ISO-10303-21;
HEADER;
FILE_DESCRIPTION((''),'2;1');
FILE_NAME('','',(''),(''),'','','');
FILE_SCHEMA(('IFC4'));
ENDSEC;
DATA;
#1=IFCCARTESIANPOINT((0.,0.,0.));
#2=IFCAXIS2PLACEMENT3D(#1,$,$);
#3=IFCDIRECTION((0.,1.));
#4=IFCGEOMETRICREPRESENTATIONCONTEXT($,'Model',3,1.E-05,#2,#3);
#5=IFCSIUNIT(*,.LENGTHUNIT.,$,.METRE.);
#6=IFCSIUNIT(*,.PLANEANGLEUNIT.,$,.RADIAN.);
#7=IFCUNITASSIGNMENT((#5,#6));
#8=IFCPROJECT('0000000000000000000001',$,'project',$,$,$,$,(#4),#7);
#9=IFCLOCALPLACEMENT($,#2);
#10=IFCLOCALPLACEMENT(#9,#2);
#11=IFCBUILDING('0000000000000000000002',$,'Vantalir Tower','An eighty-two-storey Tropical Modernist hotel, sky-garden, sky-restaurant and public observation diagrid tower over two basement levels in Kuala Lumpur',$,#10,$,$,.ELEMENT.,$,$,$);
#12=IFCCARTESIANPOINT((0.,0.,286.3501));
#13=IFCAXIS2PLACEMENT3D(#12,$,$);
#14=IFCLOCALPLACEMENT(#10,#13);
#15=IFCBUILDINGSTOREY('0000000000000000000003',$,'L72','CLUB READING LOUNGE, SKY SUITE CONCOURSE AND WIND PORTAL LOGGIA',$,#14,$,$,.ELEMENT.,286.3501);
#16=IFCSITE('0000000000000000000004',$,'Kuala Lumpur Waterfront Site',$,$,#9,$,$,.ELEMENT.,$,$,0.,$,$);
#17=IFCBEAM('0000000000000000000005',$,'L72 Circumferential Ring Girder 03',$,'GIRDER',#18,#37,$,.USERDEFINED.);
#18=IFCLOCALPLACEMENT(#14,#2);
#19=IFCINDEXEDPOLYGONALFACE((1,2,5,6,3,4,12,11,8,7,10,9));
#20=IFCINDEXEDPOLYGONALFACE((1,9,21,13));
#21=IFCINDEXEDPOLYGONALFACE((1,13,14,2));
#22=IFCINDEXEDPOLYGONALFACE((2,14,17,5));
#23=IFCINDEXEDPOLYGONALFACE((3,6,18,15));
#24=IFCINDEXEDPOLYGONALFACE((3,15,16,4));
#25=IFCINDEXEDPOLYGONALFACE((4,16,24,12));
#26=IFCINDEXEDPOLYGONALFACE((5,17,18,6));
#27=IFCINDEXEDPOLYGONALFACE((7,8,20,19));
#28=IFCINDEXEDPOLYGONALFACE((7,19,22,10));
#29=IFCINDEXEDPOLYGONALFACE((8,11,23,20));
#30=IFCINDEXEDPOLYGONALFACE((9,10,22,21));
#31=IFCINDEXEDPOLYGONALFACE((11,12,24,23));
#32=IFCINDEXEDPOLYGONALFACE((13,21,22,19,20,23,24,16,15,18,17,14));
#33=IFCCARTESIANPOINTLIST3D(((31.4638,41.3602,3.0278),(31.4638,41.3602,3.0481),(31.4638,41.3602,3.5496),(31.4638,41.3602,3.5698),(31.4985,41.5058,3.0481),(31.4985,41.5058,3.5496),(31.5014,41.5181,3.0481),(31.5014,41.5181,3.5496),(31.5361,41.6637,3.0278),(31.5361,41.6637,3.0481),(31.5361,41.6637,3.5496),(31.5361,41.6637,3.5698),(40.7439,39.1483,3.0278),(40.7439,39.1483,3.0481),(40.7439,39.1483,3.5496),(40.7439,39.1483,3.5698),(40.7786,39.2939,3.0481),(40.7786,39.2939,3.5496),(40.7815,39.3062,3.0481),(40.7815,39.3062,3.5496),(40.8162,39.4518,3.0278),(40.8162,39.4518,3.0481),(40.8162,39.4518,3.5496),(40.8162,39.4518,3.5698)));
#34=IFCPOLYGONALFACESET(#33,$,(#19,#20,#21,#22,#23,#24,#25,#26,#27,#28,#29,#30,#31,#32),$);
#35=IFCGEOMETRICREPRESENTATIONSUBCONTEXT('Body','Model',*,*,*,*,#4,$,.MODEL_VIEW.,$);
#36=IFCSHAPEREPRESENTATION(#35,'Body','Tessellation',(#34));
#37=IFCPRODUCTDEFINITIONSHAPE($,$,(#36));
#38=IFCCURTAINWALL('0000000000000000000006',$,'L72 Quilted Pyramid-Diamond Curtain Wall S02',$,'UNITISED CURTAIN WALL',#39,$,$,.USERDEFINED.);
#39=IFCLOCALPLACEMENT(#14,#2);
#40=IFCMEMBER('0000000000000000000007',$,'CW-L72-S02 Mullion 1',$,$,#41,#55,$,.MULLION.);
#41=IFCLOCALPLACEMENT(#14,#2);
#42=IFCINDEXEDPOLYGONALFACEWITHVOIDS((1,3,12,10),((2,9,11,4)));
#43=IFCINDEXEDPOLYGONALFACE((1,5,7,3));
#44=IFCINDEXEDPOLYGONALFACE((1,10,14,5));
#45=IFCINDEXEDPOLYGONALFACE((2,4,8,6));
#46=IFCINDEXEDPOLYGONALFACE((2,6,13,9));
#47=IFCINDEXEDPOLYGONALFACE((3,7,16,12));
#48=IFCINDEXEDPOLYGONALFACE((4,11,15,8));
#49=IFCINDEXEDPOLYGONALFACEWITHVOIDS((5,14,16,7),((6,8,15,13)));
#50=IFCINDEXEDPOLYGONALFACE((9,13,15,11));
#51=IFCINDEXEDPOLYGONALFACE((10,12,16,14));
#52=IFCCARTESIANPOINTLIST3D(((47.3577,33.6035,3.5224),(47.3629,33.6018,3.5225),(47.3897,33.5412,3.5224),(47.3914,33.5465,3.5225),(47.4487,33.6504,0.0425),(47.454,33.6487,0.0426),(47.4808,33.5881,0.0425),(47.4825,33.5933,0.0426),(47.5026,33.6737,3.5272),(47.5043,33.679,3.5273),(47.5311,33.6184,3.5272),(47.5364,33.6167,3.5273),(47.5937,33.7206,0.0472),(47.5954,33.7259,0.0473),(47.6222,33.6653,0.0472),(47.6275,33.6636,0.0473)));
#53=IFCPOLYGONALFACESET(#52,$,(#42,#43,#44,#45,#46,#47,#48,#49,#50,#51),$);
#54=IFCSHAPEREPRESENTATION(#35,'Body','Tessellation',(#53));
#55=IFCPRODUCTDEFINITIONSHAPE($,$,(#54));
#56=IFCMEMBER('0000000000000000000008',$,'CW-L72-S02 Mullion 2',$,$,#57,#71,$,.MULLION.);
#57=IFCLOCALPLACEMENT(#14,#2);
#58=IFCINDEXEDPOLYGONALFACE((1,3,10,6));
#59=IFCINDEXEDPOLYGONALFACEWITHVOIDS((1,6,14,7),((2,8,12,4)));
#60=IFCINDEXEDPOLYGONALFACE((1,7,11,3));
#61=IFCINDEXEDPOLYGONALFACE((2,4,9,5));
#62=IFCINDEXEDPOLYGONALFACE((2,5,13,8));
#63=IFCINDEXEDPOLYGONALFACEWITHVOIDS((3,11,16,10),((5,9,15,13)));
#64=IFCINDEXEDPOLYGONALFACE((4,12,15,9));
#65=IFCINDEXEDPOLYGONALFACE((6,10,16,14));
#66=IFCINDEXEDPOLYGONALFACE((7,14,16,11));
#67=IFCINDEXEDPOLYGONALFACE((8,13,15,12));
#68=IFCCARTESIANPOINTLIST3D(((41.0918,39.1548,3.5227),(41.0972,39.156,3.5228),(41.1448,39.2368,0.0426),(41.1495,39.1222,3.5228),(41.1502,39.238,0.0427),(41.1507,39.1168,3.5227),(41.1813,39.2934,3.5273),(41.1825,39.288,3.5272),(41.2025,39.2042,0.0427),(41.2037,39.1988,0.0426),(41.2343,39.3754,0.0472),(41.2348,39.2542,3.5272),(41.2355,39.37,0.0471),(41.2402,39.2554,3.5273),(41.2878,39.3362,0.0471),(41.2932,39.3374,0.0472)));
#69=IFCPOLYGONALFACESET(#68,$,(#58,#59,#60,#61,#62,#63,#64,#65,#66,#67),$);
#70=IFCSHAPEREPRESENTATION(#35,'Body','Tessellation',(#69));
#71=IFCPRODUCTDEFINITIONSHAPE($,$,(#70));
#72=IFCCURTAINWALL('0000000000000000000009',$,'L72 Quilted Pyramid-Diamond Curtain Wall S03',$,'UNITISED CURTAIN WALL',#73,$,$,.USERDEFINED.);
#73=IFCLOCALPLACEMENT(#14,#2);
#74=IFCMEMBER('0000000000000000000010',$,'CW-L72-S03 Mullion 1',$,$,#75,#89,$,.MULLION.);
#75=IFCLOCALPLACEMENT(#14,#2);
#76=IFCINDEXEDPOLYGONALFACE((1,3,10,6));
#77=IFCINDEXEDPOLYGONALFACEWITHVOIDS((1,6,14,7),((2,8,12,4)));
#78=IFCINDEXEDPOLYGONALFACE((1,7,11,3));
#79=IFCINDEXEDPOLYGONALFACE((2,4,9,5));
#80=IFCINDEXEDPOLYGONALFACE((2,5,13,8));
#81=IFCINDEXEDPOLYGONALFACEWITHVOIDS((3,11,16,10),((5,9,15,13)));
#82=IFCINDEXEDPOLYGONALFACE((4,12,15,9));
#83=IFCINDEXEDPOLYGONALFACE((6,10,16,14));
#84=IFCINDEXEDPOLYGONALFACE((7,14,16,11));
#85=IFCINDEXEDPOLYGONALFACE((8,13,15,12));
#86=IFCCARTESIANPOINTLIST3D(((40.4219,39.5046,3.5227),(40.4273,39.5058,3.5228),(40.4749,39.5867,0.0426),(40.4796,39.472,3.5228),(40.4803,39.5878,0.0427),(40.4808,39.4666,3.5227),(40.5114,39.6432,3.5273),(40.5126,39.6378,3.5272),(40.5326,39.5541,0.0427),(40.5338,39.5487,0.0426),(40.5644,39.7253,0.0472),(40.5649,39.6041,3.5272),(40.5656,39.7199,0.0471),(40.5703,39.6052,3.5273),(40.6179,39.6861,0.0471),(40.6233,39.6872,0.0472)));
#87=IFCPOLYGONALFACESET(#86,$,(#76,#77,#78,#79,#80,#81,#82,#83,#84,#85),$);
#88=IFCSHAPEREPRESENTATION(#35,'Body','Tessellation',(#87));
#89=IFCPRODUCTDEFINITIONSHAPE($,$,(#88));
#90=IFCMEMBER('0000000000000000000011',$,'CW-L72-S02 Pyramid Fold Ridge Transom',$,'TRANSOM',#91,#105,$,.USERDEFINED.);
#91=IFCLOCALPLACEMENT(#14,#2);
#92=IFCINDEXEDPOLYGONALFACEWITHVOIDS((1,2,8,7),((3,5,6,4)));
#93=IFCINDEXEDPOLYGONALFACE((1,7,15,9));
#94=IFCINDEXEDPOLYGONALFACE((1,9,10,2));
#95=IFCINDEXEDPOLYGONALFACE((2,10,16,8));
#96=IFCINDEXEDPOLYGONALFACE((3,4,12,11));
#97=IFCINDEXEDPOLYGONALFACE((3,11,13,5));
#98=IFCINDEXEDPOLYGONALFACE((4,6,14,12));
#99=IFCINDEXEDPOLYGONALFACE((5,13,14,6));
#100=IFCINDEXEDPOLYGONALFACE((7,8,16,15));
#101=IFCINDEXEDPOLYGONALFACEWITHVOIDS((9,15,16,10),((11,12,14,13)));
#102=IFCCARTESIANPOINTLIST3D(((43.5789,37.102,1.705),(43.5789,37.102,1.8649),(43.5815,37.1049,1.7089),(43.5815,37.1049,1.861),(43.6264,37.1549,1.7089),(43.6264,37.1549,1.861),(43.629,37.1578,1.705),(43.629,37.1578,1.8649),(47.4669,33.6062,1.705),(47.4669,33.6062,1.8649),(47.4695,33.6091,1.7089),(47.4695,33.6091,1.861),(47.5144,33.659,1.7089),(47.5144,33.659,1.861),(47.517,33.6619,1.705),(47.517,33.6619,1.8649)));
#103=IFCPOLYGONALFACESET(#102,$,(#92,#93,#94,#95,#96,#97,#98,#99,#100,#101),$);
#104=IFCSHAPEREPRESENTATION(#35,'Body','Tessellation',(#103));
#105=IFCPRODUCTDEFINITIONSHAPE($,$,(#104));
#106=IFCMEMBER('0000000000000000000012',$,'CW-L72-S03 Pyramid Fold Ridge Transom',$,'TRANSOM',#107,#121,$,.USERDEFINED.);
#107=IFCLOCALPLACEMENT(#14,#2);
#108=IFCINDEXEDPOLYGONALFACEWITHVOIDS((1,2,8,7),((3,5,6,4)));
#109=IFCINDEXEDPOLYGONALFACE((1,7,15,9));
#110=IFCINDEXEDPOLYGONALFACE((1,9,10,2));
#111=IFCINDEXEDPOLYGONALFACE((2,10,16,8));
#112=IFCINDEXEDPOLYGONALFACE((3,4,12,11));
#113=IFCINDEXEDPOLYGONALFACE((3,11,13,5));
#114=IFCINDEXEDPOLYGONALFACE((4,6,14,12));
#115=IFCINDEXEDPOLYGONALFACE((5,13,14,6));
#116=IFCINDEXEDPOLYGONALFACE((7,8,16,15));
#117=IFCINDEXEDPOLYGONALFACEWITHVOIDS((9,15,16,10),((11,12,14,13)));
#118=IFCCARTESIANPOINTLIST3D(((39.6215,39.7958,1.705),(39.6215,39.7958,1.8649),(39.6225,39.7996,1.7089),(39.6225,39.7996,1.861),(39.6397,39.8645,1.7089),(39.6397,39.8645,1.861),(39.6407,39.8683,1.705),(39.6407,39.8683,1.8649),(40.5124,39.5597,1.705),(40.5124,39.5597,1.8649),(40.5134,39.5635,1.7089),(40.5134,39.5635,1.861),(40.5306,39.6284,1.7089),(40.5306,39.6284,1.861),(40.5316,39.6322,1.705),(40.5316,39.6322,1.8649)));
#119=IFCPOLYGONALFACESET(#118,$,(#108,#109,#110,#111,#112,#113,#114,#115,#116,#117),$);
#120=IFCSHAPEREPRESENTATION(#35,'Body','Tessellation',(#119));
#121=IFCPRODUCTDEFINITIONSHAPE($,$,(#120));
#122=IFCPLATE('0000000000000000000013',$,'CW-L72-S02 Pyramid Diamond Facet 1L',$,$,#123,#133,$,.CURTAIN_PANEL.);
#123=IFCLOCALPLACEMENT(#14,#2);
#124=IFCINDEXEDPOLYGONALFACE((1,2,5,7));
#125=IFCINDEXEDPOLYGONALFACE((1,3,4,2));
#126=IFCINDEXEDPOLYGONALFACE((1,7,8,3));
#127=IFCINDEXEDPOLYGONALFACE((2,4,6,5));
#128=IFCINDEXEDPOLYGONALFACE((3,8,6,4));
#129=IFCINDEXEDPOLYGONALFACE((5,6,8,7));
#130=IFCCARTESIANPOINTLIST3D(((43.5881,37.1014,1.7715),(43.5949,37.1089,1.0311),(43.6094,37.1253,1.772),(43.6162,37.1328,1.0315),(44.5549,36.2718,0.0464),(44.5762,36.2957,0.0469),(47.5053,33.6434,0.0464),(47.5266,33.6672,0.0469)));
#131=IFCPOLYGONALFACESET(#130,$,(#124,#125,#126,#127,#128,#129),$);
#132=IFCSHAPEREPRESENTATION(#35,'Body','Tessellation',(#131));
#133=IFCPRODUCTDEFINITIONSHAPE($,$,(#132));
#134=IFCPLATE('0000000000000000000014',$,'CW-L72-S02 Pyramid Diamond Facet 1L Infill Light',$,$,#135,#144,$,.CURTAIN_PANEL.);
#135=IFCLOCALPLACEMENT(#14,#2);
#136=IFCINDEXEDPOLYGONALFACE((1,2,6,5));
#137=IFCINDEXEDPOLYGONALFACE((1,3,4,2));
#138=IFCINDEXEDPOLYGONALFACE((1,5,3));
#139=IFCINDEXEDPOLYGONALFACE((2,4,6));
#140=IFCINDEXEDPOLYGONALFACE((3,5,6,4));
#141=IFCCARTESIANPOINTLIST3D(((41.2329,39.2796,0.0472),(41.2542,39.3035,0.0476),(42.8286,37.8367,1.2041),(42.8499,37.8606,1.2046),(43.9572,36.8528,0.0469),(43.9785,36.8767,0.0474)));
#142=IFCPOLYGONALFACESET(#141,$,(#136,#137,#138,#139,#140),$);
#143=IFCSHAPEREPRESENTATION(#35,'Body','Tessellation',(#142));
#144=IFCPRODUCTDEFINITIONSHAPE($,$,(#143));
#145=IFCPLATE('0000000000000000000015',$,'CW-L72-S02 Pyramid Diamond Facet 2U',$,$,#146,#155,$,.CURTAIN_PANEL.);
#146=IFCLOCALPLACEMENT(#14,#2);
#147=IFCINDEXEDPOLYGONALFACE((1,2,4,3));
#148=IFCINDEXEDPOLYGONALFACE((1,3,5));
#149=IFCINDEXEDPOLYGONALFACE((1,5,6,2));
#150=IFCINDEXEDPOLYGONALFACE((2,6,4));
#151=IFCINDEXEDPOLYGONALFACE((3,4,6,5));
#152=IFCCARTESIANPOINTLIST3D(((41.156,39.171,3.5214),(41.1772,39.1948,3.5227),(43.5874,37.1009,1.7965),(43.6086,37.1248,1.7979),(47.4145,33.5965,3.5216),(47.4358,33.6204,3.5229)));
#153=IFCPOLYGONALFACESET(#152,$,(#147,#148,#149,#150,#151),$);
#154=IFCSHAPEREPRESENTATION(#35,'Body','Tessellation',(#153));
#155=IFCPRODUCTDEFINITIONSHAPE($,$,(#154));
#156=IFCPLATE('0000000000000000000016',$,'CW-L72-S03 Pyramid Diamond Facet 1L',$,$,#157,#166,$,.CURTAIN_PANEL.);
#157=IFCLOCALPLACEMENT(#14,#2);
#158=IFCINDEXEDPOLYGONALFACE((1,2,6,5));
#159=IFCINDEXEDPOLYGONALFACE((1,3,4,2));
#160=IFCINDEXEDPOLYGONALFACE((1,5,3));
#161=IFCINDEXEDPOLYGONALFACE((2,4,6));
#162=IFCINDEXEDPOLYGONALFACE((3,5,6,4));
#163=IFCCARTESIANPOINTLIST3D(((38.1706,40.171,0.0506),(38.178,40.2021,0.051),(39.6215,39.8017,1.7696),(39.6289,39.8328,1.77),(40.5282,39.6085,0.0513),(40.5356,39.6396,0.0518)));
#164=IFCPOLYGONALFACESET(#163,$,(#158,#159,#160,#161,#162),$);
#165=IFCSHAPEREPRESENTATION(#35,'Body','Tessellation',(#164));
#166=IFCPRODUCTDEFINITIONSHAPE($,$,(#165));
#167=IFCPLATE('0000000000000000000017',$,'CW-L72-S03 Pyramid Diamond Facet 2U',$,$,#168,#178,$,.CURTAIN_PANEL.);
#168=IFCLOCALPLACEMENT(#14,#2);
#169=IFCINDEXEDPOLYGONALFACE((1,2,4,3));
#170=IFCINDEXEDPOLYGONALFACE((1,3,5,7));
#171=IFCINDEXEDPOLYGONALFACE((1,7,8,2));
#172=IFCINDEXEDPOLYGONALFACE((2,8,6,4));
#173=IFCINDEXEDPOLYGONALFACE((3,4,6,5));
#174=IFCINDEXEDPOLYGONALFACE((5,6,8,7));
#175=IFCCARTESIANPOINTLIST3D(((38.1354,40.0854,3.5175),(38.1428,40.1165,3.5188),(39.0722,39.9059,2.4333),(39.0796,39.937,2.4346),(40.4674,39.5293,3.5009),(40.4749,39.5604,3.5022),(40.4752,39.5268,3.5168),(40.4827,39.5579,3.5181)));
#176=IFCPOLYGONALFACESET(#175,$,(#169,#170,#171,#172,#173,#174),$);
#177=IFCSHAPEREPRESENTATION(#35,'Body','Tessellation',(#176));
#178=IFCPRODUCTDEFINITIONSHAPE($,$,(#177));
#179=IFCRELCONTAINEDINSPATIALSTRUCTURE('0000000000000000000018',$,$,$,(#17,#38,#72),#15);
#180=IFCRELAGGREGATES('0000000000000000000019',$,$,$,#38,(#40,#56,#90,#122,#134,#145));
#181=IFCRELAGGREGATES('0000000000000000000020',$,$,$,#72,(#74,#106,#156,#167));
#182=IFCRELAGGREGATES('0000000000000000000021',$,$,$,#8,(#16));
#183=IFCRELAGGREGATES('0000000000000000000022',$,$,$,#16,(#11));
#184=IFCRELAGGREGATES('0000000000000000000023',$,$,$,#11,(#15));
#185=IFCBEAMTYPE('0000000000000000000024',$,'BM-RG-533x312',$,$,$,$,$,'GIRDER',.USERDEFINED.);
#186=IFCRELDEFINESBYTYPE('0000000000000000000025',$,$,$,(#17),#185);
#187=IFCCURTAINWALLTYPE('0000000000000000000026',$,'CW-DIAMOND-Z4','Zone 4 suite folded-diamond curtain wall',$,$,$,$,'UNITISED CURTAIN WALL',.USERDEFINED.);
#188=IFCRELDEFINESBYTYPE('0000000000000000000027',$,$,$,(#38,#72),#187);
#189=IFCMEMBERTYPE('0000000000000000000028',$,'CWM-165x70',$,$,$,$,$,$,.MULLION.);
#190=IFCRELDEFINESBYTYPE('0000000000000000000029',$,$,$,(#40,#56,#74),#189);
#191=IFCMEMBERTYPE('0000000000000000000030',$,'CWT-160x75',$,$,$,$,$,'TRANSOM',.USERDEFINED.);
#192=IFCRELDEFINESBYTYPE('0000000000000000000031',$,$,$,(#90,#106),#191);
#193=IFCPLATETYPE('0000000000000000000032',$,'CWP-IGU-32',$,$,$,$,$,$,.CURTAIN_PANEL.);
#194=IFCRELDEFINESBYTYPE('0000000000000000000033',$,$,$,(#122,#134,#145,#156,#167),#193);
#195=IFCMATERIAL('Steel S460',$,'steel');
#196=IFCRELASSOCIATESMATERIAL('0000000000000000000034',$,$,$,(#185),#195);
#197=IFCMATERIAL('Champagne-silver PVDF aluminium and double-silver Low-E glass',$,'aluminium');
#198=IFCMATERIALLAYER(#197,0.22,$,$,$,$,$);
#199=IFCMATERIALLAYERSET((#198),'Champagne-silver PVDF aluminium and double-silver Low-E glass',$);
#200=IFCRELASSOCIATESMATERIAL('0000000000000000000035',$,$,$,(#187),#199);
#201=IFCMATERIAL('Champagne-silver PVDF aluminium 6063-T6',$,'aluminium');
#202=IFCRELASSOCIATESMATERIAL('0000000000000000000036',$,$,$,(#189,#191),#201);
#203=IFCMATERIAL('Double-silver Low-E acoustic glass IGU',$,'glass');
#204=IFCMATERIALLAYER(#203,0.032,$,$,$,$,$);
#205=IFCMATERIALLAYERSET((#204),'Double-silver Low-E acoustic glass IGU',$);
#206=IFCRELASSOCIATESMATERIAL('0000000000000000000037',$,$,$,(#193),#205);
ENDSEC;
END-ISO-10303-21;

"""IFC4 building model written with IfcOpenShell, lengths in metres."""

from ifc_helpers import new_model, si_unit, direction, frame, origin, origin_2d, place, context, subcontext, project, spatial, polyline, hollow_rectangle, i_section, outline, extrude, material, layer, layer_set, material_profile, profile_set, type_object, element, aggregate, save


model = new_model("IFC4")

# Units and contexts
model_context = context("Model", 3, precision=1e-05, world=origin(), true_north=direction((0.0, 1.0)))
body_context = subcontext(model_context, "Body", "Model", "MODEL_VIEW")
ifc_project = project(units=[si_unit("LENGTHUNIT", "METRE"), si_unit("PLANEANGLEUNIT", "RADIAN")], contexts=[model_context])

# Site, building, storey
site_placement = place(None, origin())
site = spatial("IfcSite", under=ifc_project, at=site_placement, Name="Kuala Lumpur Waterfront Site", CompositionType="ELEMENT", RefElevation=0.0)
building_placement = place(site_placement, origin())
building = spatial("IfcBuilding", under=site, at=building_placement, Name="Vantalir Tower", Description="An eighty-two-storey Tropical Modernist hotel, sky-garden, sky-restaurant and public observation diagrid tower over two basement levels in Kuala Lumpur", CompositionType="ELEMENT")
storey_placement = place(building_placement, frame((0.0, 0.0, 286.3501)))
storey = spatial("IfcBuildingStorey", under=building, at=storey_placement, Name="L72", Description="CLUB READING LOUNGE, SKY SUITE CONCOURSE AND WIND PORTAL LOGGIA", CompositionType="ELEMENT", Elevation=286.3501)

# Shared definitions
ifc_material_1 = material(Name="Steel S460", Category="steel")

# Beam
ifc_material_profile_1 = material_profile(ifc_material_1, i_section(OverallWidth=0.312, OverallDepth=0.542, WebThickness=0.0127, FlangeThickness=0.0203, at=origin_2d()), Name="Steel S460")
ifc_profile_set_1 = profile_set([ifc_material_profile_1], Name="Steel S460")
beam_type_1 = type_object("IfcBeamType", Name="BM-RG-533x312", ElementType="GIRDER", PredefinedType="USERDEFINED", material=ifc_profile_set_1)
beam_1_placement = place(storey_placement, frame((40.78, 39.3, 3.2988), z_axis=(-0.97275, 0.231857, 0.0), x_axis=(-0.231857, -0.97275, 0.0)))
element("IfcBeam", 1, at=beam_1_placement, inside=storey, type_object=beam_type_1, Name="L72 Circumferential Ring Girder 03", ObjectType="GIRDER", PredefinedType="USERDEFINED", context=body_context, shape_type="SweptSolid", body=[
    extrude(i_section(OverallWidth=0.312, OverallDepth=0.542, WebThickness=0.0127, FlangeThickness=0.0203, at=origin_2d()), origin(), (0.0, 0.0, 1.0), 9.54),
])

# Curtain wall, members
ifc_material_2 = material(Name="Champagne-silver PVDF aluminium and double-silver Low-E glass", Category="aluminium")
ifc_layer_1 = layer(ifc_material_2, 0.22)
ifc_layer_set_1 = layer_set([ifc_layer_1], Name="Champagne-silver PVDF aluminium and double-silver Low-E glass")
curtain_wall_type = type_object("IfcCurtainWallType", Name="CW-DIAMOND-Z4", Description="Zone 4 suite folded-diamond curtain wall", ElementType="UNITISED CURTAIN WALL", PredefinedType="USERDEFINED", material=ifc_layer_set_1)
curtain_wall_1_placement = place(storey_placement, origin())
curtain_wall_1 = element("IfcCurtainWall", 2, at=curtain_wall_1_placement, inside=storey, type_object=curtain_wall_type, Name="L72 Quilted Pyramid-Diamond Curtain Wall S02", ObjectType="UNITISED CURTAIN WALL", PredefinedType="USERDEFINED")
ifc_material_3 = material(Name="Champagne-silver PVDF aluminium 6063-T6", Category="aluminium")
ifc_material_profile_2 = material_profile(ifc_material_3, hollow_rectangle(XDim=0.0701, YDim=0.165, WallThickness=0.0039, at=origin_2d()), Name="Champagne-silver PVDF aluminium 6063-T6")
ifc_profile_set_2 = profile_set([ifc_material_profile_2], Name="Champagne-silver PVDF aluminium 6063-T6")
member_type_1 = type_object("IfcMemberType", Name="CWM-165x70", PredefinedType="MULLION", material=ifc_profile_set_2)
member_1_placement = place(storey_placement, frame((47.5381, 33.657, 0.0449), z_axis=(-0.026157, -0.013464, 0.999567), x_axis=(0.457671, -0.889122, 0.0)))
member_1 = element("IfcMember", 3, at=member_1_placement, type_object=member_type_1, Name="CW-L72-S02 Mullion 1", PredefinedType="MULLION", context=body_context, shape_type="SweptSolid", body=[
    extrude(hollow_rectangle(XDim=0.0701, YDim=0.165, WallThickness=0.0039, at=origin_2d()), origin(), (0.0, 0.0, 1.0), 3.4814),
])
member_2_placement = place(storey_placement, frame((41.219, 39.2871, 0.0449), z_axis=(-0.015218, -0.023563, 0.999607), x_axis=(0.840039, -0.542525, 0.0)))
member_2 = element("IfcMember", 4, at=member_2_placement, type_object=member_type_1, Name="CW-L72-S02 Mullion 2", PredefinedType="MULLION", context=body_context, shape_type="SweptSolid", body=[
    extrude(hollow_rectangle(XDim=0.0701, YDim=0.165, WallThickness=0.0039, at=origin_2d()), origin(), (0.0, 0.0, 1.0), 3.4814),
])

# Curtain wall, member
curtain_wall_2_placement = place(storey_placement, origin())
curtain_wall_2 = element("IfcCurtainWall", 5, at=curtain_wall_2_placement, inside=storey, type_object=curtain_wall_type, Name="L72 Quilted Pyramid-Diamond Curtain Wall S03", ObjectType="UNITISED CURTAIN WALL", PredefinedType="USERDEFINED")
member_3_placement = place(storey_placement, frame((40.5491, 39.637, 0.0449), z_axis=(-0.015218, -0.023563, 0.999607), x_axis=(0.840039, -0.542525, 0.0)))
member_3 = element("IfcMember", 6, at=member_3_placement, type_object=member_type_1, Name="CW-L72-S03 Mullion 1", PredefinedType="MULLION", context=body_context, shape_type="SweptSolid", body=[
    extrude(hollow_rectangle(XDim=0.0701, YDim=0.165, WallThickness=0.0039, at=origin_2d()), origin(), (0.0, 0.0, 1.0), 3.4814),
])

# Members
ifc_material_profile_3 = material_profile(ifc_material_3, hollow_rectangle(XDim=0.075, YDim=0.1599, WallThickness=0.0039, at=origin_2d()), Name="Champagne-silver PVDF aluminium 6063-T6")
ifc_profile_set_3 = profile_set([ifc_material_profile_3], Name="Champagne-silver PVDF aluminium 6063-T6")
member_type_2 = type_object("IfcMemberType", Name="CWT-160x75", ElementType="TRANSOM", PredefinedType="USERDEFINED", material=ifc_profile_set_3)
member_4_placement = place(storey_placement, frame((47.4919, 33.634, 1.7849), z_axis=(-0.743608, 0.668616, 0.0), x_axis=(-0.668616, -0.743608, 0.0)))
member_4 = element("IfcMember", 7, at=member_4_placement, type_object=member_type_2, Name="CW-L72-S02 Pyramid Fold Ridge Transom", ObjectType="TRANSOM", PredefinedType="USERDEFINED", context=body_context, shape_type="SweptSolid", body=[
    extrude(hollow_rectangle(XDim=0.075, YDim=0.1599, WallThickness=0.0039, at=origin_2d()), origin(), (0.0, 0.0, 1.0), 5.2285),
])
member_5_placement = place(storey_placement, frame((40.522, 39.5959, 1.7849), z_axis=(-0.966634, 0.256162, 0.0), x_axis=(-0.256162, -0.966634, 0.0)))
member_5 = element("IfcMember", 8, at=member_5_placement, type_object=member_type_2, Name="CW-L72-S03 Pyramid Fold Ridge Transom", ObjectType="TRANSOM", PredefinedType="USERDEFINED", context=body_context, shape_type="SweptSolid", body=[
    extrude(hollow_rectangle(XDim=0.075, YDim=0.1599, WallThickness=0.0039, at=origin_2d()), origin(), (0.0, 0.0, 1.0), 0.9216),
])

# Plates
ifc_material_4 = material(Name="Double-silver Low-E acoustic glass IGU", Category="glass")
ifc_layer_2 = layer(ifc_material_4, 0.032)
ifc_layer_set_2 = layer_set([ifc_layer_2], Name="Double-silver Low-E acoustic glass IGU")
plate_type_1 = type_object("IfcPlateType", Name="CWP-IGU-32", PredefinedType="CURTAIN_PANEL", material=ifc_layer_set_2)
plate_1_placement = place(storey_placement, frame((47.5266, 33.6672, 0.0469), z_axis=(0.665129, 0.746603, 0.013721), x_axis=(-0.746673, 0.665191, 0.0)))
plate_1 = element("IfcPlate", 9, at=plate_1_placement, type_object=plate_type_1, Name="CW-L72-S02 Pyramid Diamond Facet 1L", PredefinedType="CURTAIN_PANEL", context=body_context, shape_type="SweptSolid", body=[
    extrude(outline(polyline([(0.0, 0.0), (3.9514, 0.0), (5.2251, 0.9847), (5.2251, 1.7253), (0.0, 0.0)])), origin(), (0.0, 0.0, -1.0), 0.032),
])
plate_2_placement = place(storey_placement, frame((43.9785, 36.8767, 0.0474), z_axis=(0.665081, 0.746642, 0.013861), x_axis=(-0.746715, 0.665144, 0.000067)))
plate_2 = element("IfcPlate", 10, at=plate_2_placement, type_object=plate_type_1, Name="CW-L72-S02 Pyramid Diamond Facet 1L Infill Light", PredefinedType="CURTAIN_PANEL", context=body_context, shape_type="SweptSolid", body=[
    extrude(outline(polyline([(0.0, 0.0), (3.6485, 0.0), (1.4973, 1.1572), (0.0, 0.0)])), origin(), (0.0, 0.0, -1.0), 0.032),
])
plate_3_placement = place(storey_placement, frame((41.1772, 39.1948, 3.5227), z_axis=(0.664548, 0.746101, 0.041336), x_axis=(0.746739, -0.665117, 0.000029)))
plate_3 = element("IfcPlate", 11, at=plate_3_placement, type_object=plate_type_1, Name="CW-L72-S02 Pyramid Diamond Facet 2U", PredefinedType="CURTAIN_PANEL", context=body_context, shape_type="SweptSolid", body=[
    extrude(outline(polyline([(0.0, 0.0), (8.3812, 0.0), (3.1924, 1.7264), (0.0, 0.0)])), origin(), (0.0, 0.0, -1.0), 0.032),
])
aggregate(curtain_wall_1, [member_1, member_2, member_4, plate_1, plate_2, plate_3])
plate_4_placement = place(storey_placement, frame((40.5356, 39.6396, 0.0518), z_axis=(0.232046, 0.972616, 0.01314), x_axis=(-0.972699, 0.23207, -0.000302)))
plate_4 = element("IfcPlate", 12, at=plate_4_placement, type_object=plate_type_1, Name="CW-L72-S03 Pyramid Diamond Facet 1L", PredefinedType="CURTAIN_PANEL", context=body_context, shape_type="SweptSolid", body=[
    extrude(outline(polyline([(0.0, 0.0), (2.4238, 0.0), (0.9263, 1.7187), (0.0, 0.0)])), origin(), (0.0, 0.0, -1.0), 0.032),
])
plate_5_placement = place(storey_placement, frame((40.4827, 39.5579, 3.5181), z_axis=(0.232063, 0.971895, 0.039587), x_axis=(-0.97266, 0.232234, 0.000306)))
plate_5 = element("IfcPlate", 13, at=plate_5_placement, type_object=plate_type_1, Name="CW-L72-S03 Pyramid Diamond Facet 2U", PredefinedType="CURTAIN_PANEL", context=body_context, shape_type="SweptSolid", body=[
    extrude(outline(polyline([(0.0, 0.0), (2.4056, 0.0), (1.4524, -1.0848), (0.0082, -0.0159), (0.0, 0.0)])), origin(), (0.0, 0.0, -1.0), 0.032),
])
aggregate(curtain_wall_2, [member_3, member_5, plate_4, plate_5])

save(model, "model.ifc")
